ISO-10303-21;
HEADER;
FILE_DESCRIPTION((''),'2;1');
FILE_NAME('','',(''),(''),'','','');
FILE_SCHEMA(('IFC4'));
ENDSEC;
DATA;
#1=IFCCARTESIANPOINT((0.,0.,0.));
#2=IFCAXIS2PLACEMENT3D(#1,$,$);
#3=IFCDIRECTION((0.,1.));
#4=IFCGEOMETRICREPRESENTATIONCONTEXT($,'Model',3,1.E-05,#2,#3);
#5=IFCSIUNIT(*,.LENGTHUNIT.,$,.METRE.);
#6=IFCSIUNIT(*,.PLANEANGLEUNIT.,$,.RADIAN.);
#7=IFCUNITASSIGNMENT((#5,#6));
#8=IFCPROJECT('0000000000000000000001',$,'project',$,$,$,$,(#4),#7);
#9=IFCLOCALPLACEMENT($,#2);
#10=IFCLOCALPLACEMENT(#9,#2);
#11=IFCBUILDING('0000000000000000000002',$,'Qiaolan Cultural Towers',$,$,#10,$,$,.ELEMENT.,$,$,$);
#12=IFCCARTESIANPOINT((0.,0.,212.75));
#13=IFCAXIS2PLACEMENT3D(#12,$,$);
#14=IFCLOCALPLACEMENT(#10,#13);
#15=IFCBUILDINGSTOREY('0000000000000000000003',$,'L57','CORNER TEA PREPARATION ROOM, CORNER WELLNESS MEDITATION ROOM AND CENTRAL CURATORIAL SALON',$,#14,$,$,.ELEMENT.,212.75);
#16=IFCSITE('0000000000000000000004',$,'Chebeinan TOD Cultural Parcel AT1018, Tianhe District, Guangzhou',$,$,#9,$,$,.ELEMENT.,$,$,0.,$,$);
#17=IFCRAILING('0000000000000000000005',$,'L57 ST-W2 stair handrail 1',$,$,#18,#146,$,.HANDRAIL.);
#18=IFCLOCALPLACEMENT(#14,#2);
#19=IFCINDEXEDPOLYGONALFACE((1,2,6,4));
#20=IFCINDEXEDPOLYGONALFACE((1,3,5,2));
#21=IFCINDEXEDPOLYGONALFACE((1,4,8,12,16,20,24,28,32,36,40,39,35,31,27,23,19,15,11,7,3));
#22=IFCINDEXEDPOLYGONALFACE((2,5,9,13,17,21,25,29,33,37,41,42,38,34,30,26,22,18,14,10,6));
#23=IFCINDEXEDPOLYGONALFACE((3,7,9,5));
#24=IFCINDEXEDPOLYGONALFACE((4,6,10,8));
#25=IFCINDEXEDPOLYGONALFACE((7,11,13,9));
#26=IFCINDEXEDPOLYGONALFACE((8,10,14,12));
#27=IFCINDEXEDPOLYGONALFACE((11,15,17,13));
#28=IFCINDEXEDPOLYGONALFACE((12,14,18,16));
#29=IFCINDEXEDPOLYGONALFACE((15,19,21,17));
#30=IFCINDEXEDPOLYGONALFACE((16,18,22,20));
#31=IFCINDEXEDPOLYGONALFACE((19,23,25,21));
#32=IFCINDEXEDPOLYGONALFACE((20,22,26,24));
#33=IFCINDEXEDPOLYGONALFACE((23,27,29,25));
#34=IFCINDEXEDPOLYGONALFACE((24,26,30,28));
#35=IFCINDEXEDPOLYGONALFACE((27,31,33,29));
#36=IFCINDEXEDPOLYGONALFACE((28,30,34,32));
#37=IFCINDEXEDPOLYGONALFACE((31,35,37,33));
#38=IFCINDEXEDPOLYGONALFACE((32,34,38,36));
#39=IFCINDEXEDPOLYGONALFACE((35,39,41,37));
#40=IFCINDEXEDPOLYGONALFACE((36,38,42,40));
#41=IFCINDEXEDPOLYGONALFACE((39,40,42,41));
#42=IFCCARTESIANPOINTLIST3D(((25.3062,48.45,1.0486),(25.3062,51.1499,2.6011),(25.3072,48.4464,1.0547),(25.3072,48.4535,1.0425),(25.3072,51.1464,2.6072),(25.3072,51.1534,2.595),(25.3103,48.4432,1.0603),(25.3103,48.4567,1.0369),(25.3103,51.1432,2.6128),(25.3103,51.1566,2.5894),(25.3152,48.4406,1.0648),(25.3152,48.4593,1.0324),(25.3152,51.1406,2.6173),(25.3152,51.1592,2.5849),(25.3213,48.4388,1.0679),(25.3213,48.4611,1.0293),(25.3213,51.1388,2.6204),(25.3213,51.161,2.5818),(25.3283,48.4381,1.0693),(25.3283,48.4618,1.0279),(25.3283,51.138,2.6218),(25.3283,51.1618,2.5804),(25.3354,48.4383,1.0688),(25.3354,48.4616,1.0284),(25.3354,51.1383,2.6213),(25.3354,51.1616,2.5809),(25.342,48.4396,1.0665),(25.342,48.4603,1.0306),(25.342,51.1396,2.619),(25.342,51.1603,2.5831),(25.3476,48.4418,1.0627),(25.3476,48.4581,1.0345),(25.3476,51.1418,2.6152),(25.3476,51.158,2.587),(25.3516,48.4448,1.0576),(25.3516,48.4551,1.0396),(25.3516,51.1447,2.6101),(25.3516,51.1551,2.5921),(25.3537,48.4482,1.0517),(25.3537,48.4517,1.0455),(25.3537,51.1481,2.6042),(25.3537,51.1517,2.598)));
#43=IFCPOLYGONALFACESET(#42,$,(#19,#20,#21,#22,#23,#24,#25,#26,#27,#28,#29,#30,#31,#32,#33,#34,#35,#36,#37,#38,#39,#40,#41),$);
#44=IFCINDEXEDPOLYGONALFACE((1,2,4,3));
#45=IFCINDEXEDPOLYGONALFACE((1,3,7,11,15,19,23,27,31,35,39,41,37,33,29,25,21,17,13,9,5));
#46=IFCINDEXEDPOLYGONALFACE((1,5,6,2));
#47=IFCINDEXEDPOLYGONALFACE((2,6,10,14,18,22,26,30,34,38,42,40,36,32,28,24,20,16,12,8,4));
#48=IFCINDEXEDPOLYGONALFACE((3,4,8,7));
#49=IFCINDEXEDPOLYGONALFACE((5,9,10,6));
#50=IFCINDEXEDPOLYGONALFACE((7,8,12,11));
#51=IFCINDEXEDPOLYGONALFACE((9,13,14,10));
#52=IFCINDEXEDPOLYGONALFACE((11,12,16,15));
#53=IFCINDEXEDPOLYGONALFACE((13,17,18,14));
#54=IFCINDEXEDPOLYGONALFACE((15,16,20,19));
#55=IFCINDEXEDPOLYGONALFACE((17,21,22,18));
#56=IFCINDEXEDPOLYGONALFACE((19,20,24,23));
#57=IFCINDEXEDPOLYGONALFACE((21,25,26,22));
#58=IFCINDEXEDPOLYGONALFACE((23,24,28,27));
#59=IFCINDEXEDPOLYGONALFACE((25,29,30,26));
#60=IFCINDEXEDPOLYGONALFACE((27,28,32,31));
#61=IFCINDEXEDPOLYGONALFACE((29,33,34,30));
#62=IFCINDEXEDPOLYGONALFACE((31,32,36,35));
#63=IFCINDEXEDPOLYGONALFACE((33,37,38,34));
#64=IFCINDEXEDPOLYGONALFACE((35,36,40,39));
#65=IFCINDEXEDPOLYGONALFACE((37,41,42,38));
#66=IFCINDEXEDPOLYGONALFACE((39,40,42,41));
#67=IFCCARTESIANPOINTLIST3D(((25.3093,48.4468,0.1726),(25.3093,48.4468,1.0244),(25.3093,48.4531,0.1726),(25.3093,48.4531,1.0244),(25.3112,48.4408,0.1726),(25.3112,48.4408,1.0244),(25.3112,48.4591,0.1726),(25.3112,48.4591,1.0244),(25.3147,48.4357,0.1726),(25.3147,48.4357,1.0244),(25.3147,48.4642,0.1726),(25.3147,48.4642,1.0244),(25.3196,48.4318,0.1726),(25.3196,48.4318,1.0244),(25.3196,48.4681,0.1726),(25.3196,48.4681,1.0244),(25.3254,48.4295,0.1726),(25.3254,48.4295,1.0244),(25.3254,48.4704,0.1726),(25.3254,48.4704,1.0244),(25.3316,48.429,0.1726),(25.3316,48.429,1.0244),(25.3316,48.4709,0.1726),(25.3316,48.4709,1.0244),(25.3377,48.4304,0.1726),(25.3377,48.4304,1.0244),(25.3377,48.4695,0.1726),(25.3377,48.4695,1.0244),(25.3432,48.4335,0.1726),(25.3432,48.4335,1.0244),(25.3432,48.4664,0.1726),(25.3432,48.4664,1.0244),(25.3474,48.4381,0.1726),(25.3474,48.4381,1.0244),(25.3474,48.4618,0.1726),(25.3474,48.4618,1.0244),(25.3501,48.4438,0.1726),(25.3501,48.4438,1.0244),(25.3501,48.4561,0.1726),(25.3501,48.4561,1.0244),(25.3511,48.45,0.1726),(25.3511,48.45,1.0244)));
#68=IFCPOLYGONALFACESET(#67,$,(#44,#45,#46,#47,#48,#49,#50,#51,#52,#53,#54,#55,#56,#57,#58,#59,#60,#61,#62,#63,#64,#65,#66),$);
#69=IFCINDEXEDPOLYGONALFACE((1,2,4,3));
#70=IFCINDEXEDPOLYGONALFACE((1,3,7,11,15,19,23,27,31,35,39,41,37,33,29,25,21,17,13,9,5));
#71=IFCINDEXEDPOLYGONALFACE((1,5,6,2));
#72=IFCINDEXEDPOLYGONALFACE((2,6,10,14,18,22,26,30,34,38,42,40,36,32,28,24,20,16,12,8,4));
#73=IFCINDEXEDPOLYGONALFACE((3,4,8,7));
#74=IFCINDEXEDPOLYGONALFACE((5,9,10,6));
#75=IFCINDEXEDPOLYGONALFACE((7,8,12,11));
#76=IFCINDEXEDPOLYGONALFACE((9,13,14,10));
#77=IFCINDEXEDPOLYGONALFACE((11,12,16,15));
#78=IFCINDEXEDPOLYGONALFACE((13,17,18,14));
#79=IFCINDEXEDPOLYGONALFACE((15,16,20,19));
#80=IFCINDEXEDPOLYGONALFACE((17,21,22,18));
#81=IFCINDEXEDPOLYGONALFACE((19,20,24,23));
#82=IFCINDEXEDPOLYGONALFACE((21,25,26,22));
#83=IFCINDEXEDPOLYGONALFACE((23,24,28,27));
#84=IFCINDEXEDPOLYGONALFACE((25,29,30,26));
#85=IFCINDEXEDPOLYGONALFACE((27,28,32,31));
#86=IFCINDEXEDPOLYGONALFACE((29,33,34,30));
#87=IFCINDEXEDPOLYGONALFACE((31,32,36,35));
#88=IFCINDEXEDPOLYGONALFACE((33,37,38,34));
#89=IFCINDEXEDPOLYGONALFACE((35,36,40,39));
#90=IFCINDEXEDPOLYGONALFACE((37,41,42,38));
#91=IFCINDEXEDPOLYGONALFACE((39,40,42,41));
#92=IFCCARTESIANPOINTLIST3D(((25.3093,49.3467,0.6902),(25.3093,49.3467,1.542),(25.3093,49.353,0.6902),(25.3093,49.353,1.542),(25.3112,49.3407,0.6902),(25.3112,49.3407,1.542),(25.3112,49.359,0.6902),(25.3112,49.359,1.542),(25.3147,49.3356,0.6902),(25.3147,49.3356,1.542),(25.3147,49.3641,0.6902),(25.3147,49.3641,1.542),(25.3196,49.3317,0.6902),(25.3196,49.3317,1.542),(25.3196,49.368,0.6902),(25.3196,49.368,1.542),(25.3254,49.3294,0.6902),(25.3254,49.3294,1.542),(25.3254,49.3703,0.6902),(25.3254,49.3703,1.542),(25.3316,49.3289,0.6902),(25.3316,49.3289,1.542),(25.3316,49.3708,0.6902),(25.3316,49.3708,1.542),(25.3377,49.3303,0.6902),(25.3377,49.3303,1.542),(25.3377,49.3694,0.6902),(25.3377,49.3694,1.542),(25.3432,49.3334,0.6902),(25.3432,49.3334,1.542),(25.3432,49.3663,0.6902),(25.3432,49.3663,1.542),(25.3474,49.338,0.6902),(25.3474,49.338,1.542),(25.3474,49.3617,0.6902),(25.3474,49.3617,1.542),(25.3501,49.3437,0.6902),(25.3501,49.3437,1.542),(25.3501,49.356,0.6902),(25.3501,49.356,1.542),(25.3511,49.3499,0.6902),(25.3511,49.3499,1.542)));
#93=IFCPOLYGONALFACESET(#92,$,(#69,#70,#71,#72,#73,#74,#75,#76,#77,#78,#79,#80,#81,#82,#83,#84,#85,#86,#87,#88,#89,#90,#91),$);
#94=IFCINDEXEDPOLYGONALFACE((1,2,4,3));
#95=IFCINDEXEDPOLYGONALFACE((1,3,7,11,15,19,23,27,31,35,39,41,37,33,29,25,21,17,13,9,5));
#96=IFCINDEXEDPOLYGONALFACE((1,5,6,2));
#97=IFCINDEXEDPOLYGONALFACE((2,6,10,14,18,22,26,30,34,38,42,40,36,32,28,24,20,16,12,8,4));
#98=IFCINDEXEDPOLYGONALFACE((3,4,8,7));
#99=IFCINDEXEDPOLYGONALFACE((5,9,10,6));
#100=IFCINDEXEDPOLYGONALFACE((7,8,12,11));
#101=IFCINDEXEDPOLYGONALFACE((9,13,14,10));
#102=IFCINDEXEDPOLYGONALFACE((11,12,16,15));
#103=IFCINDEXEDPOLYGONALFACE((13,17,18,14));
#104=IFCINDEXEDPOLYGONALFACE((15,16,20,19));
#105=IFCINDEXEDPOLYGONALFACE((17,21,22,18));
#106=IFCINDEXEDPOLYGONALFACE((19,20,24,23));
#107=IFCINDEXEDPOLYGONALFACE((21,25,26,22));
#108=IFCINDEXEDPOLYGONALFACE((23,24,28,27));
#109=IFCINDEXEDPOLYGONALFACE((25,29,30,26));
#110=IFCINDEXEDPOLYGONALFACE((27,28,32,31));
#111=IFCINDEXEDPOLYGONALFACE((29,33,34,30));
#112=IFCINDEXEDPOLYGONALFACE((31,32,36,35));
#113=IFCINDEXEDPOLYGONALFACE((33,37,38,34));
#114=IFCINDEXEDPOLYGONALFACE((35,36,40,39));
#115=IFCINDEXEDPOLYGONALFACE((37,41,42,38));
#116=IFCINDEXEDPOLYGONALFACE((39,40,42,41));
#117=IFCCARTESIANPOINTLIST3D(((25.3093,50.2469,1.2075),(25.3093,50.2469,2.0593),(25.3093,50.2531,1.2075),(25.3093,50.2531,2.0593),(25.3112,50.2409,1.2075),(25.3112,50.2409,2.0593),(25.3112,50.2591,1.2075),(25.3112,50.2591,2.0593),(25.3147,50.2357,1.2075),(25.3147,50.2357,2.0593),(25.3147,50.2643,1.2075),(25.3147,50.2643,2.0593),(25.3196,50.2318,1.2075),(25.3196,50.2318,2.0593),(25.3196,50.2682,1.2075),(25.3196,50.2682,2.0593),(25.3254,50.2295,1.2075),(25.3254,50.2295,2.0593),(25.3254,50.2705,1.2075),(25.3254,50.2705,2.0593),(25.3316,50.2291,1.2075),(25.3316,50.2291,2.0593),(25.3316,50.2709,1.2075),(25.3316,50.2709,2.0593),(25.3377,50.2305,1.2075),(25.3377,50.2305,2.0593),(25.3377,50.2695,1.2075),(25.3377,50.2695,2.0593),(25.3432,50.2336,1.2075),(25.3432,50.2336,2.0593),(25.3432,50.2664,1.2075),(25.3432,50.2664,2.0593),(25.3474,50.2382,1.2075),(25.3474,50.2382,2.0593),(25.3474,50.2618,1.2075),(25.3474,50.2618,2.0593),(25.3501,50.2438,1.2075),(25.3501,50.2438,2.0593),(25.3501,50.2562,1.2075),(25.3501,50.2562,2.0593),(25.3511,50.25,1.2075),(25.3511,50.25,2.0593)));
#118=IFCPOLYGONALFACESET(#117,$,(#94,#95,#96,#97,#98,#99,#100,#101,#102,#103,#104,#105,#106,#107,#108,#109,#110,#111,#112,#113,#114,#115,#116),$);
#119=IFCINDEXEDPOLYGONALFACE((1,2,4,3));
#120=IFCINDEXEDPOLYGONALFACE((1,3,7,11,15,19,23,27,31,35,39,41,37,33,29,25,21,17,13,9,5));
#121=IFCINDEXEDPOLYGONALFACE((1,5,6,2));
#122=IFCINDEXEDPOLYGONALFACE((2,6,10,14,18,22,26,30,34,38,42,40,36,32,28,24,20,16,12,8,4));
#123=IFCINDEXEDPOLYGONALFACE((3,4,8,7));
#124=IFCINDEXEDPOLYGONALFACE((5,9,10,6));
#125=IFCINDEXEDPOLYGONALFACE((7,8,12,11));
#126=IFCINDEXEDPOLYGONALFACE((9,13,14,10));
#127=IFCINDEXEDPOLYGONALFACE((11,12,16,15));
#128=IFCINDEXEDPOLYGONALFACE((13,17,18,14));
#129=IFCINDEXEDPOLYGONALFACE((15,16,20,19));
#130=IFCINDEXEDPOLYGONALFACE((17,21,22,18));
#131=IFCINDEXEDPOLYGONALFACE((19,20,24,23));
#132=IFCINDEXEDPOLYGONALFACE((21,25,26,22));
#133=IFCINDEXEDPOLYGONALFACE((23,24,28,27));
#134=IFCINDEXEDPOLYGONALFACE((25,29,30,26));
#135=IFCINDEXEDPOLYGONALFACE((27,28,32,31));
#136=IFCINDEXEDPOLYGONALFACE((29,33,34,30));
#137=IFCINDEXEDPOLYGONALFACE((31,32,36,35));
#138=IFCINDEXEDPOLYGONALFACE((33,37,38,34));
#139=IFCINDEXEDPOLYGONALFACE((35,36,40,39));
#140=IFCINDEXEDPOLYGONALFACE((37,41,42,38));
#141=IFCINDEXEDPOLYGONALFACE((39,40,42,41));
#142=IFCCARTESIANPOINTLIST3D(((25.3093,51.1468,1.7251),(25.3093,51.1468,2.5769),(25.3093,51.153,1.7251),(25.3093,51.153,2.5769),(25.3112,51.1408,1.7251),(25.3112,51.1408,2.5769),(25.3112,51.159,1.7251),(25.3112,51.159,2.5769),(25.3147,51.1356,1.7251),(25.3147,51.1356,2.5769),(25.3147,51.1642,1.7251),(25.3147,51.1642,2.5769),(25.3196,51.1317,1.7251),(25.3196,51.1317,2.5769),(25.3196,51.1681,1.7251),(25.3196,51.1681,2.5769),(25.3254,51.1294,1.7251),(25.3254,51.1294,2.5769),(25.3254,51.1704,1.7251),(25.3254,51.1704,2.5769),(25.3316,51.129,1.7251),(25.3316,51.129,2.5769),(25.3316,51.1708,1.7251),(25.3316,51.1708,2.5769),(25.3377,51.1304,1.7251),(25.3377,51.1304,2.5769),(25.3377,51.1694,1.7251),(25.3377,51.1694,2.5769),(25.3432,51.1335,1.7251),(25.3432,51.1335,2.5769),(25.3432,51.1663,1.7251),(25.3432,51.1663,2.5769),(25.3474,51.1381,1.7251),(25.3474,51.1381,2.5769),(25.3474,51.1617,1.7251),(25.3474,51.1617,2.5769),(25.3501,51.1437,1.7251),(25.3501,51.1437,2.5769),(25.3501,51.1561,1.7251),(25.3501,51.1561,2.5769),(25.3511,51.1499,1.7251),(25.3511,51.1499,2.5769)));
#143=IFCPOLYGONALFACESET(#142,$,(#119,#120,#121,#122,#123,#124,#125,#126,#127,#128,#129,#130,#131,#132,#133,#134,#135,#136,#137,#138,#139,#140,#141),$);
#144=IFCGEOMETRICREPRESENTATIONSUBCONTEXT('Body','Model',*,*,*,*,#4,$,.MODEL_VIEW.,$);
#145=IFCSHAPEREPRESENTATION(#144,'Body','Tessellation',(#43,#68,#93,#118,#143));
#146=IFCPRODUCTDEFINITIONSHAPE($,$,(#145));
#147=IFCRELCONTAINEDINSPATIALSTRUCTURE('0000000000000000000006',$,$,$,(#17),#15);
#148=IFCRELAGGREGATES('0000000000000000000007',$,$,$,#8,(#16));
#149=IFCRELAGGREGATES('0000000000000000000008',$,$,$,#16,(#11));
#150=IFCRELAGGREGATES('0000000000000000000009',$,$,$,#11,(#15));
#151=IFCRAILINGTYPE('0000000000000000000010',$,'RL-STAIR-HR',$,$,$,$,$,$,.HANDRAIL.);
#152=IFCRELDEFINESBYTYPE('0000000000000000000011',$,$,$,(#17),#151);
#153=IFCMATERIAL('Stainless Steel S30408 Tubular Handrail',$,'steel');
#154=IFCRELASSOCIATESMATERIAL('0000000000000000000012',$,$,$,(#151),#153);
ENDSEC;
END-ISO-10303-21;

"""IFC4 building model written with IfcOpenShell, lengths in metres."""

from ifc_helpers import new_model, si_unit, direction, frame, origin, origin_2d, place, context, subcontext, project, spatial, circle, extrude, material, type_object, element, save


model = new_model("IFC4")

# Units and contexts
model_context = context("Model", 3, precision=1e-05, world=origin(), true_north=direction((0.0, 1.0)))
body_context = subcontext(model_context, "Body", "Model", "MODEL_VIEW")
ifc_project = project(units=[si_unit("LENGTHUNIT", "METRE"), si_unit("PLANEANGLEUNIT", "RADIAN")], contexts=[model_context])

# Site, building, storey
site_placement = place(None, origin())
site = spatial("IfcSite", under=ifc_project, at=site_placement, Name="Chebeinan TOD Cultural Parcel AT1018, Tianhe District, Guangzhou", CompositionType="ELEMENT", RefElevation=0.0)
building_placement = place(site_placement, origin())
building = spatial("IfcBuilding", under=site, at=building_placement, Name="Qiaolan Cultural Towers", CompositionType="ELEMENT")
storey_placement = place(building_placement, frame((0.0, 0.0, 212.75)))
storey = spatial("IfcBuildingStorey", under=building, at=storey_placement, Name="L57", Description="CORNER TEA PREPARATION ROOM, CORNER WELLNESS MEDITATION ROOM AND CENTRAL CURATORIAL SALON", CompositionType="ELEMENT", Elevation=212.75)

# Railing
ifc_material_1 = material(Name="Stainless Steel S30408 Tubular Handrail", Category="steel")
railing_type_1 = type_object("IfcRailingType", Name="RL-STAIR-HR", PredefinedType="HANDRAIL", material=ifc_material_1)
railing_1_placement = place(storey_placement, frame((25.3301, 48.45, 0.1726)))
element("IfcRailing", 1, at=railing_1_placement, inside=storey, type_object=railing_type_1, Name="L57 ST-W2 stair handrail 1", PredefinedType="HANDRAIL", context=body_context, shape_type="SweptSolid", body=[
    extrude(circle(Radius=0.0239, at=origin_2d()), frame((0.0, 0.0, 0.876), z_axis=(0.0, 0.866904, 0.498476), x_axis=(-1.0, 0.0, 0.0)), (0.0, 0.0, 1.0), 3.1145),
    extrude(circle(Radius=0.021, at=origin_2d()), origin(), (0.0, 0.0, 1.0), 0.8518),
    extrude(circle(Radius=0.021, at=origin_2d()), frame((0.0, 0.8999, 0.5176)), (0.0, 0.0, 1.0), 0.8518),
    extrude(circle(Radius=0.021, at=origin_2d()), frame((0.0, 1.8, 1.0349)), (0.0, 0.0, 1.0), 0.8518),
    extrude(circle(Radius=0.021, at=origin_2d()), frame((0.0, 2.7, 1.5525)), (0.0, 0.0, 1.0), 0.8518),
])

save(model, "model.ifc")
